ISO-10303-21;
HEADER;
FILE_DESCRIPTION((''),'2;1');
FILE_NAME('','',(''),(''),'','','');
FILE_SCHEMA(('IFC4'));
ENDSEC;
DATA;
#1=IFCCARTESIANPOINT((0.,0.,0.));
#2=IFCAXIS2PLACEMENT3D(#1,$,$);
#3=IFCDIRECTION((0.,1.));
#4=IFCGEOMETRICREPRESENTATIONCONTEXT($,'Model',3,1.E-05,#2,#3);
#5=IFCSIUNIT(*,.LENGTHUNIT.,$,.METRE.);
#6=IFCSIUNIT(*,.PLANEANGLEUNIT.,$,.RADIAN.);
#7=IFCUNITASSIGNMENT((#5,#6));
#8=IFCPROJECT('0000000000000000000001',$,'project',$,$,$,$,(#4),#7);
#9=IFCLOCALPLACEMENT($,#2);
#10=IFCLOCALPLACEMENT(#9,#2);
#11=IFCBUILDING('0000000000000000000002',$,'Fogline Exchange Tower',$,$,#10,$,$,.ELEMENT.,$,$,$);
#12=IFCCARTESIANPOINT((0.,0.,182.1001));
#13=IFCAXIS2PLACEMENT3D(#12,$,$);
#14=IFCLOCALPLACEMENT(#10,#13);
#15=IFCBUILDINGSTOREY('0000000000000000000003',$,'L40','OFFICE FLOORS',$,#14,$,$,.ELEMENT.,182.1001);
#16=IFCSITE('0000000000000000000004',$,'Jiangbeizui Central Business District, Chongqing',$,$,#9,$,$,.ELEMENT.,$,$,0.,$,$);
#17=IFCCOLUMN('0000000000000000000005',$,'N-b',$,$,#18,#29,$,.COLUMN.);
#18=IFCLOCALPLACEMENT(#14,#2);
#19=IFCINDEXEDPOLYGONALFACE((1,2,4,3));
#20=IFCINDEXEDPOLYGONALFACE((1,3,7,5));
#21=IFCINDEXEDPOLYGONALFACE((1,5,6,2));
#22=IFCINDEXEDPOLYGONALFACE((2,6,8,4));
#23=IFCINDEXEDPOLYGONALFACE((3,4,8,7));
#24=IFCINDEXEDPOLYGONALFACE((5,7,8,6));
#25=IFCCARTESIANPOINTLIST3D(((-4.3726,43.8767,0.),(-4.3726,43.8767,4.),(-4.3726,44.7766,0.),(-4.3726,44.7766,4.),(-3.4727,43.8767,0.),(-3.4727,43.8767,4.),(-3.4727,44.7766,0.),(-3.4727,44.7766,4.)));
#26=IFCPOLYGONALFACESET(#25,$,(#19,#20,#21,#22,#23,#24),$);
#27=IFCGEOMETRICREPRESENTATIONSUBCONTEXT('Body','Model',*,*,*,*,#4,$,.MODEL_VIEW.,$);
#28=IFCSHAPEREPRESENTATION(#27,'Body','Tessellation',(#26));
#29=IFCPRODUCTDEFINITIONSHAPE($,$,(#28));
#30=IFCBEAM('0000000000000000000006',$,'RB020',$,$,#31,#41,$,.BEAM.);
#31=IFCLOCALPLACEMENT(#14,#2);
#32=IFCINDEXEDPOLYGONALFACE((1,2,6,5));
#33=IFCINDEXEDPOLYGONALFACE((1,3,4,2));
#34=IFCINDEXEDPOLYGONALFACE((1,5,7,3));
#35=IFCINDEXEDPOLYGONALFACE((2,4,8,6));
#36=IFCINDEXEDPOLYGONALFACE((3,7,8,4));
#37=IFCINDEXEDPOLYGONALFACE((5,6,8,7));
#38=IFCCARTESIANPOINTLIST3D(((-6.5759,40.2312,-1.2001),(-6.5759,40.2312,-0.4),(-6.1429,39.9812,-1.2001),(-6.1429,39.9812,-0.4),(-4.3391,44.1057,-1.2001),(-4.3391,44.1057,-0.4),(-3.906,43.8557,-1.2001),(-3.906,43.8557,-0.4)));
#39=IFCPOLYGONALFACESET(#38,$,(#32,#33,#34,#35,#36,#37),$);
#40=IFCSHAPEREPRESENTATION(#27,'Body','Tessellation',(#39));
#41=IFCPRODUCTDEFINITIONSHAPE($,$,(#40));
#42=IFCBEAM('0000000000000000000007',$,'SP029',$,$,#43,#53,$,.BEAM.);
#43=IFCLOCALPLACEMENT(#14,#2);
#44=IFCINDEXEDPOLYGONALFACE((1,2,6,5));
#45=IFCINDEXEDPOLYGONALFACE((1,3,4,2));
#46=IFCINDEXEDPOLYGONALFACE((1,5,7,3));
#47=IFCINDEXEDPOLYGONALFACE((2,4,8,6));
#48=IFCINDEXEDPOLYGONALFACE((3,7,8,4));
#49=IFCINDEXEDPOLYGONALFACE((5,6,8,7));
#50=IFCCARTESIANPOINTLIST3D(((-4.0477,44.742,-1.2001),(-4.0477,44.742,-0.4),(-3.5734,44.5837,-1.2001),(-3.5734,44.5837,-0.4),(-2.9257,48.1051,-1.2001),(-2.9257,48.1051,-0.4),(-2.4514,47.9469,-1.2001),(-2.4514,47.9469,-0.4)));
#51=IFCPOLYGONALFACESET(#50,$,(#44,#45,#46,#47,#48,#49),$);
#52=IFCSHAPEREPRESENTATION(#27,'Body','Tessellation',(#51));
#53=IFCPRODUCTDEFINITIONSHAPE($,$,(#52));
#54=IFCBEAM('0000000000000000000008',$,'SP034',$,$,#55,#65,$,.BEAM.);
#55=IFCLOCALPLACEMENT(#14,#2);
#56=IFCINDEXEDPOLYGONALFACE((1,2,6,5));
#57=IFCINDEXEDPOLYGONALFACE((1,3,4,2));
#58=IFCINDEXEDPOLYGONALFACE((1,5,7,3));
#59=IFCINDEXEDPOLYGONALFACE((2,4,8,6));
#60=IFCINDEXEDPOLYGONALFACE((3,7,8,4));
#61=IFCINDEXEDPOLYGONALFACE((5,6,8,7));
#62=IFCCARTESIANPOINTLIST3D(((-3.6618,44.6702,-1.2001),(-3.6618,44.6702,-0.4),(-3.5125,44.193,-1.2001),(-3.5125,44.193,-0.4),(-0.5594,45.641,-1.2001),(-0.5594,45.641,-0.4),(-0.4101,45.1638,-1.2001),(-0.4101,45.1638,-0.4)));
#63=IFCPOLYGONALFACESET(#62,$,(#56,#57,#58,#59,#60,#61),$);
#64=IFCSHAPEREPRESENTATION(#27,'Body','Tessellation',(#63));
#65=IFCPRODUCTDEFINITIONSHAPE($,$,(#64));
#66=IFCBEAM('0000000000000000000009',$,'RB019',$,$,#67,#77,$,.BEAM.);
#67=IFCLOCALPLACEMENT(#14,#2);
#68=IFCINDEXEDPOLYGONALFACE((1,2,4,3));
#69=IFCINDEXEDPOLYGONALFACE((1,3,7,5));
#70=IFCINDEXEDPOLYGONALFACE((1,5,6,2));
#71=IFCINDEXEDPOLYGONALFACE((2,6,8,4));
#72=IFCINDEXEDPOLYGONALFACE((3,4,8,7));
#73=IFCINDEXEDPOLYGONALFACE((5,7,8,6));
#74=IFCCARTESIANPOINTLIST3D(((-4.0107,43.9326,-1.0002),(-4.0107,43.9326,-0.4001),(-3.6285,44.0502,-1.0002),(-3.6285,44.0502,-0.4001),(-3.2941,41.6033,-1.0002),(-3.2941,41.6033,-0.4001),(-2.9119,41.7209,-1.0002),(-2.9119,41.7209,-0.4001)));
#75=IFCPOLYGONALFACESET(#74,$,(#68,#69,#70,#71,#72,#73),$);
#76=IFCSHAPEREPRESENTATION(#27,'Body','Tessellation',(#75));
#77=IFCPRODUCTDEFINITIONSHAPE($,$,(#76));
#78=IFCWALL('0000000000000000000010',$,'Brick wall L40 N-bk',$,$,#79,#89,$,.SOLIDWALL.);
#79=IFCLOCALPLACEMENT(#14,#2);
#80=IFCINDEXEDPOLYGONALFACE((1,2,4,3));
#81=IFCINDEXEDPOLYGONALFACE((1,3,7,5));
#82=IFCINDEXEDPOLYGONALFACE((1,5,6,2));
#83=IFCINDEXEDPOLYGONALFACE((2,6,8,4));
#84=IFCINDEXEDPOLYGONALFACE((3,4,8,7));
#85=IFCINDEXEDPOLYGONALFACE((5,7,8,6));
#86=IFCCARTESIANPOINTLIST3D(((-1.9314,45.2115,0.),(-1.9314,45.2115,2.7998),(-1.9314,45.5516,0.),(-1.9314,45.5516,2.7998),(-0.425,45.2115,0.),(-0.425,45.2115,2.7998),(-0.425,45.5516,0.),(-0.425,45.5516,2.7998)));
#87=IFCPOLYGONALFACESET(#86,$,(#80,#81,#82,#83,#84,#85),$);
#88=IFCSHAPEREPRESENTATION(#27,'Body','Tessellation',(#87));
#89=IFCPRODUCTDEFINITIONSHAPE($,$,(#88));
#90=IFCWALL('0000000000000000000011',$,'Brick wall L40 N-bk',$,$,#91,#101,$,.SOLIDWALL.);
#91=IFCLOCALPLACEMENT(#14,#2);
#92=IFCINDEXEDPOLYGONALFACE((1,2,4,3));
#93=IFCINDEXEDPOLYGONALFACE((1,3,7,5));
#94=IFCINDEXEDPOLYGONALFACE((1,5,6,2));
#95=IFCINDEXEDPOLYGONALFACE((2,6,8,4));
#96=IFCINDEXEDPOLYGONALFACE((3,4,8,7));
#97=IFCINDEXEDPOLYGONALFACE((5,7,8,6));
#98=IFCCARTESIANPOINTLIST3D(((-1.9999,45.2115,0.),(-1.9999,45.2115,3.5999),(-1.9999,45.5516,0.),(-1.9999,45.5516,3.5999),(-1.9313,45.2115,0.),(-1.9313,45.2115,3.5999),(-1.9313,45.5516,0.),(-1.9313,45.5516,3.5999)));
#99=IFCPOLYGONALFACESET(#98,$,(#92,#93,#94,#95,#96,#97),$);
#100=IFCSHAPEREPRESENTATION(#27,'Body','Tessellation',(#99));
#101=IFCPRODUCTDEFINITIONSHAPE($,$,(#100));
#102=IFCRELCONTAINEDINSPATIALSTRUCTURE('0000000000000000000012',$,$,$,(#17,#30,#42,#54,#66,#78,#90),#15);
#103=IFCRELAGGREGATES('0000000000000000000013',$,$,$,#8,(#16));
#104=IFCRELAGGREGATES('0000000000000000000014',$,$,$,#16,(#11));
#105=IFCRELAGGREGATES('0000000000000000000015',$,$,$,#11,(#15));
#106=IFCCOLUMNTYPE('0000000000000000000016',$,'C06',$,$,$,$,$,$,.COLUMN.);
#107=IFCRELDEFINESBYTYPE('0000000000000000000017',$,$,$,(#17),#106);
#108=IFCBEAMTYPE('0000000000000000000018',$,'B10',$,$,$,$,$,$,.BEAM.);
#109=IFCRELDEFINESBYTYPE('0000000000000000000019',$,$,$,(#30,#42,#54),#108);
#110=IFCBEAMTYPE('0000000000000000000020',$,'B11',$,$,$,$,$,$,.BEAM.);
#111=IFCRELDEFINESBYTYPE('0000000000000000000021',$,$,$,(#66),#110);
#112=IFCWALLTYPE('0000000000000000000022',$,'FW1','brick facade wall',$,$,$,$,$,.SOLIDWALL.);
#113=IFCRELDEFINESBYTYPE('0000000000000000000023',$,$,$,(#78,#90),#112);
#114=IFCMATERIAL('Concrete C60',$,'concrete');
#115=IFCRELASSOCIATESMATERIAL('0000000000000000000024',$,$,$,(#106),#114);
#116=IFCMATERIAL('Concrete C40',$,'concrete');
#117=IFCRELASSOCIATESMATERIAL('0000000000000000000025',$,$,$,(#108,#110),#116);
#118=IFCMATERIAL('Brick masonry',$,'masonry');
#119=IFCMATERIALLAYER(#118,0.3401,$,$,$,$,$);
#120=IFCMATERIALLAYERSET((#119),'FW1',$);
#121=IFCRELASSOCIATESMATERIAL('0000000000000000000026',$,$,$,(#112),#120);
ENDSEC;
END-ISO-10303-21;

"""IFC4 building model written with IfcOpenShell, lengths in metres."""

from ifc_helpers import new_model, si_unit, direction, frame, frame_2d, origin, origin_2d, place, context, subcontext, project, spatial, rectangle, extrude, material, layer, layer_set, material_profile, profile_set, type_object, element, save


model = new_model("IFC4")

# Units and contexts
model_context = context("Model", 3, precision=1e-05, world=origin(), true_north=direction((0.0, 1.0)))
body_context = subcontext(model_context, "Body", "Model", "MODEL_VIEW")
ifc_project = project(units=[si_unit("LENGTHUNIT", "METRE"), si_unit("PLANEANGLEUNIT", "RADIAN")], contexts=[model_context])

# Site, building, storey
site_placement = place(None, origin())
site = spatial("IfcSite", under=ifc_project, at=site_placement, Name="Jiangbeizui Central Business District, Chongqing", CompositionType="ELEMENT", RefElevation=0.0)
building_placement = place(site_placement, origin())
building = spatial("IfcBuilding", under=site, at=building_placement, Name="Fogline Exchange Tower", CompositionType="ELEMENT")
storey_placement = place(building_placement, frame((0.0, 0.0, 182.1001)))
storey = spatial("IfcBuildingStorey", under=building, at=storey_placement, Name="L40", Description="OFFICE FLOORS", CompositionType="ELEMENT", Elevation=182.1001)

# Column
ifc_material_1 = material(Name="Concrete C60", Category="concrete")
ifc_material_profile_1 = material_profile(ifc_material_1, rectangle(XDim=0.8999, YDim=0.8999, at=origin_2d()), Name="RC 900x900")
ifc_profile_set_1 = profile_set([ifc_material_profile_1], Name="Concrete C60")
column_type = type_object("IfcColumnType", Name="C06", PredefinedType="COLUMN", material=ifc_profile_set_1)
column_placement = place(storey_placement, frame((-3.9226, 44.3267, 0.0), z_axis=(0.0, 0.0, 1.0), x_axis=(1.0, 0.0, 0.0)))
element("IfcColumn", 1, at=column_placement, inside=storey, type_object=column_type, Name="N-b", PredefinedType="COLUMN", context=body_context, shape_type="SweptSolid", body=[
    extrude(rectangle(XDim=0.8999, YDim=0.8999, at=origin_2d()), origin(), (0.0, 0.0, 1.0), 4.0),
])

# Beams
ifc_material_2 = material(Name="Concrete C40", Category="concrete")
ifc_material_profile_2 = material_profile(ifc_material_2, rectangle(XDim=0.5, YDim=0.8, at=origin_2d()), Name="RC 500x800")
ifc_profile_set_2 = profile_set([ifc_material_profile_2], Name="Concrete C40")
beam_type_1 = type_object("IfcBeamType", Name="B10", PredefinedType="BEAM", material=ifc_profile_set_2)
beam_1_placement = place(storey_placement, frame((-4.1226, 43.9807, -0.8), z_axis=(-0.499978, -0.866038, 0.0), x_axis=(0.866038, -0.499978, 0.0)))
element("IfcBeam", 2, at=beam_1_placement, inside=storey, type_object=beam_type_1, Name="RB020", PredefinedType="BEAM", context=body_context, shape_type="SweptSolid", body=[
    extrude(rectangle(XDim=0.5, YDim=0.8, at=origin_2d()), origin(), (0.0, 0.0, 1.0), 4.4739),
])
beam_2_placement = place(storey_placement, frame((-3.8105, 44.6628, -0.8), z_axis=(0.316476, 0.948601, 0.0), x_axis=(-0.948601, 0.316476, 0.0)))
element("IfcBeam", 3, at=beam_2_placement, inside=storey, type_object=beam_type_1, Name="SP029", PredefinedType="BEAM", context=body_context, shape_type="SweptSolid", body=[
    extrude(rectangle(XDim=0.5, YDim=0.8, at=origin_2d()), origin(), (0.0, 0.0, 1.0), 3.5454),
])
beam_3_placement = place(storey_placement, frame((-3.5872, 44.4316, -0.8), z_axis=(0.954372, 0.298621, 0.0), x_axis=(-0.298621, 0.954372, 0.0)))
element("IfcBeam", 4, at=beam_3_placement, inside=storey, type_object=beam_type_1, Name="SP034", PredefinedType="BEAM", context=body_context, shape_type="SweptSolid", body=[
    extrude(rectangle(XDim=0.5, YDim=0.8, at=origin_2d()), origin(), (0.0, 0.0, 1.0), 3.2507),
])
ifc_material_profile_3 = material_profile(ifc_material_2, rectangle(XDim=0.3999, YDim=0.6001, at=origin_2d()), Name="RC 400x600")
ifc_profile_set_3 = profile_set([ifc_material_profile_3], Name="Concrete C40")
beam_type_2 = type_object("IfcBeamType", Name="B11", PredefinedType="BEAM", material=ifc_profile_set_3)
beam_4_placement = place(storey_placement, frame((-3.103, 41.6621, -0.7002), z_axis=(-0.294022, 0.955799, 0.0), x_axis=(-0.955799, -0.294022, 0.0)))
element("IfcBeam", 5, at=beam_4_placement, inside=storey, type_object=beam_type_2, Name="RB019", PredefinedType="BEAM", context=body_context, shape_type="SweptSolid", body=[
    extrude(rectangle(XDim=0.3999, YDim=0.6001, at=origin_2d()), origin(), (0.0, 0.0, 1.0), 2.437),
])

# Walls
ifc_material_3 = material(Name="Brick masonry", Category="masonry")
ifc_layer = layer(ifc_material_3, 0.3401)
ifc_layer_set = layer_set([ifc_layer], Name="FW1")
wall_type = type_object("IfcWallType", Name="FW1", Description="brick facade wall", PredefinedType="SOLIDWALL", material=ifc_layer_set)
wall_1_placement = place(storey_placement, frame((-0.425, 45.3816, 0.0), z_axis=(0.0, 0.0, 1.0), x_axis=(-1.0, 0.0, 0.0)))
element("IfcWall", 6, at=wall_1_placement, inside=storey, type_object=wall_type, Name="Brick wall L40 N-bk", PredefinedType="SOLIDWALL", context=body_context, shape_type="SweptSolid", body=[
    extrude(rectangle(XDim=1.5063, YDim=0.3401, at=frame_2d((0.7532, 0.0))), origin(), (0.0, 0.0, 1.0), 2.7998),
])
wall_2_placement = place(storey_placement, frame((-1.9314, 45.3816, 0.0), z_axis=(0.0, 0.0, 1.0), x_axis=(-1.0, 0.0, 0.0)))
element("IfcWall", 7, at=wall_2_placement, inside=storey, type_object=wall_type, Name="Brick wall L40 N-bk", PredefinedType="SOLIDWALL", context=body_context, shape_type="SweptSolid", body=[
    extrude(rectangle(XDim=0.0686, YDim=0.3401, at=frame_2d((0.0342, 0.0))), origin(), (0.0, 0.0, 1.0), 3.5999),
])

save(model, "model.ifc")
